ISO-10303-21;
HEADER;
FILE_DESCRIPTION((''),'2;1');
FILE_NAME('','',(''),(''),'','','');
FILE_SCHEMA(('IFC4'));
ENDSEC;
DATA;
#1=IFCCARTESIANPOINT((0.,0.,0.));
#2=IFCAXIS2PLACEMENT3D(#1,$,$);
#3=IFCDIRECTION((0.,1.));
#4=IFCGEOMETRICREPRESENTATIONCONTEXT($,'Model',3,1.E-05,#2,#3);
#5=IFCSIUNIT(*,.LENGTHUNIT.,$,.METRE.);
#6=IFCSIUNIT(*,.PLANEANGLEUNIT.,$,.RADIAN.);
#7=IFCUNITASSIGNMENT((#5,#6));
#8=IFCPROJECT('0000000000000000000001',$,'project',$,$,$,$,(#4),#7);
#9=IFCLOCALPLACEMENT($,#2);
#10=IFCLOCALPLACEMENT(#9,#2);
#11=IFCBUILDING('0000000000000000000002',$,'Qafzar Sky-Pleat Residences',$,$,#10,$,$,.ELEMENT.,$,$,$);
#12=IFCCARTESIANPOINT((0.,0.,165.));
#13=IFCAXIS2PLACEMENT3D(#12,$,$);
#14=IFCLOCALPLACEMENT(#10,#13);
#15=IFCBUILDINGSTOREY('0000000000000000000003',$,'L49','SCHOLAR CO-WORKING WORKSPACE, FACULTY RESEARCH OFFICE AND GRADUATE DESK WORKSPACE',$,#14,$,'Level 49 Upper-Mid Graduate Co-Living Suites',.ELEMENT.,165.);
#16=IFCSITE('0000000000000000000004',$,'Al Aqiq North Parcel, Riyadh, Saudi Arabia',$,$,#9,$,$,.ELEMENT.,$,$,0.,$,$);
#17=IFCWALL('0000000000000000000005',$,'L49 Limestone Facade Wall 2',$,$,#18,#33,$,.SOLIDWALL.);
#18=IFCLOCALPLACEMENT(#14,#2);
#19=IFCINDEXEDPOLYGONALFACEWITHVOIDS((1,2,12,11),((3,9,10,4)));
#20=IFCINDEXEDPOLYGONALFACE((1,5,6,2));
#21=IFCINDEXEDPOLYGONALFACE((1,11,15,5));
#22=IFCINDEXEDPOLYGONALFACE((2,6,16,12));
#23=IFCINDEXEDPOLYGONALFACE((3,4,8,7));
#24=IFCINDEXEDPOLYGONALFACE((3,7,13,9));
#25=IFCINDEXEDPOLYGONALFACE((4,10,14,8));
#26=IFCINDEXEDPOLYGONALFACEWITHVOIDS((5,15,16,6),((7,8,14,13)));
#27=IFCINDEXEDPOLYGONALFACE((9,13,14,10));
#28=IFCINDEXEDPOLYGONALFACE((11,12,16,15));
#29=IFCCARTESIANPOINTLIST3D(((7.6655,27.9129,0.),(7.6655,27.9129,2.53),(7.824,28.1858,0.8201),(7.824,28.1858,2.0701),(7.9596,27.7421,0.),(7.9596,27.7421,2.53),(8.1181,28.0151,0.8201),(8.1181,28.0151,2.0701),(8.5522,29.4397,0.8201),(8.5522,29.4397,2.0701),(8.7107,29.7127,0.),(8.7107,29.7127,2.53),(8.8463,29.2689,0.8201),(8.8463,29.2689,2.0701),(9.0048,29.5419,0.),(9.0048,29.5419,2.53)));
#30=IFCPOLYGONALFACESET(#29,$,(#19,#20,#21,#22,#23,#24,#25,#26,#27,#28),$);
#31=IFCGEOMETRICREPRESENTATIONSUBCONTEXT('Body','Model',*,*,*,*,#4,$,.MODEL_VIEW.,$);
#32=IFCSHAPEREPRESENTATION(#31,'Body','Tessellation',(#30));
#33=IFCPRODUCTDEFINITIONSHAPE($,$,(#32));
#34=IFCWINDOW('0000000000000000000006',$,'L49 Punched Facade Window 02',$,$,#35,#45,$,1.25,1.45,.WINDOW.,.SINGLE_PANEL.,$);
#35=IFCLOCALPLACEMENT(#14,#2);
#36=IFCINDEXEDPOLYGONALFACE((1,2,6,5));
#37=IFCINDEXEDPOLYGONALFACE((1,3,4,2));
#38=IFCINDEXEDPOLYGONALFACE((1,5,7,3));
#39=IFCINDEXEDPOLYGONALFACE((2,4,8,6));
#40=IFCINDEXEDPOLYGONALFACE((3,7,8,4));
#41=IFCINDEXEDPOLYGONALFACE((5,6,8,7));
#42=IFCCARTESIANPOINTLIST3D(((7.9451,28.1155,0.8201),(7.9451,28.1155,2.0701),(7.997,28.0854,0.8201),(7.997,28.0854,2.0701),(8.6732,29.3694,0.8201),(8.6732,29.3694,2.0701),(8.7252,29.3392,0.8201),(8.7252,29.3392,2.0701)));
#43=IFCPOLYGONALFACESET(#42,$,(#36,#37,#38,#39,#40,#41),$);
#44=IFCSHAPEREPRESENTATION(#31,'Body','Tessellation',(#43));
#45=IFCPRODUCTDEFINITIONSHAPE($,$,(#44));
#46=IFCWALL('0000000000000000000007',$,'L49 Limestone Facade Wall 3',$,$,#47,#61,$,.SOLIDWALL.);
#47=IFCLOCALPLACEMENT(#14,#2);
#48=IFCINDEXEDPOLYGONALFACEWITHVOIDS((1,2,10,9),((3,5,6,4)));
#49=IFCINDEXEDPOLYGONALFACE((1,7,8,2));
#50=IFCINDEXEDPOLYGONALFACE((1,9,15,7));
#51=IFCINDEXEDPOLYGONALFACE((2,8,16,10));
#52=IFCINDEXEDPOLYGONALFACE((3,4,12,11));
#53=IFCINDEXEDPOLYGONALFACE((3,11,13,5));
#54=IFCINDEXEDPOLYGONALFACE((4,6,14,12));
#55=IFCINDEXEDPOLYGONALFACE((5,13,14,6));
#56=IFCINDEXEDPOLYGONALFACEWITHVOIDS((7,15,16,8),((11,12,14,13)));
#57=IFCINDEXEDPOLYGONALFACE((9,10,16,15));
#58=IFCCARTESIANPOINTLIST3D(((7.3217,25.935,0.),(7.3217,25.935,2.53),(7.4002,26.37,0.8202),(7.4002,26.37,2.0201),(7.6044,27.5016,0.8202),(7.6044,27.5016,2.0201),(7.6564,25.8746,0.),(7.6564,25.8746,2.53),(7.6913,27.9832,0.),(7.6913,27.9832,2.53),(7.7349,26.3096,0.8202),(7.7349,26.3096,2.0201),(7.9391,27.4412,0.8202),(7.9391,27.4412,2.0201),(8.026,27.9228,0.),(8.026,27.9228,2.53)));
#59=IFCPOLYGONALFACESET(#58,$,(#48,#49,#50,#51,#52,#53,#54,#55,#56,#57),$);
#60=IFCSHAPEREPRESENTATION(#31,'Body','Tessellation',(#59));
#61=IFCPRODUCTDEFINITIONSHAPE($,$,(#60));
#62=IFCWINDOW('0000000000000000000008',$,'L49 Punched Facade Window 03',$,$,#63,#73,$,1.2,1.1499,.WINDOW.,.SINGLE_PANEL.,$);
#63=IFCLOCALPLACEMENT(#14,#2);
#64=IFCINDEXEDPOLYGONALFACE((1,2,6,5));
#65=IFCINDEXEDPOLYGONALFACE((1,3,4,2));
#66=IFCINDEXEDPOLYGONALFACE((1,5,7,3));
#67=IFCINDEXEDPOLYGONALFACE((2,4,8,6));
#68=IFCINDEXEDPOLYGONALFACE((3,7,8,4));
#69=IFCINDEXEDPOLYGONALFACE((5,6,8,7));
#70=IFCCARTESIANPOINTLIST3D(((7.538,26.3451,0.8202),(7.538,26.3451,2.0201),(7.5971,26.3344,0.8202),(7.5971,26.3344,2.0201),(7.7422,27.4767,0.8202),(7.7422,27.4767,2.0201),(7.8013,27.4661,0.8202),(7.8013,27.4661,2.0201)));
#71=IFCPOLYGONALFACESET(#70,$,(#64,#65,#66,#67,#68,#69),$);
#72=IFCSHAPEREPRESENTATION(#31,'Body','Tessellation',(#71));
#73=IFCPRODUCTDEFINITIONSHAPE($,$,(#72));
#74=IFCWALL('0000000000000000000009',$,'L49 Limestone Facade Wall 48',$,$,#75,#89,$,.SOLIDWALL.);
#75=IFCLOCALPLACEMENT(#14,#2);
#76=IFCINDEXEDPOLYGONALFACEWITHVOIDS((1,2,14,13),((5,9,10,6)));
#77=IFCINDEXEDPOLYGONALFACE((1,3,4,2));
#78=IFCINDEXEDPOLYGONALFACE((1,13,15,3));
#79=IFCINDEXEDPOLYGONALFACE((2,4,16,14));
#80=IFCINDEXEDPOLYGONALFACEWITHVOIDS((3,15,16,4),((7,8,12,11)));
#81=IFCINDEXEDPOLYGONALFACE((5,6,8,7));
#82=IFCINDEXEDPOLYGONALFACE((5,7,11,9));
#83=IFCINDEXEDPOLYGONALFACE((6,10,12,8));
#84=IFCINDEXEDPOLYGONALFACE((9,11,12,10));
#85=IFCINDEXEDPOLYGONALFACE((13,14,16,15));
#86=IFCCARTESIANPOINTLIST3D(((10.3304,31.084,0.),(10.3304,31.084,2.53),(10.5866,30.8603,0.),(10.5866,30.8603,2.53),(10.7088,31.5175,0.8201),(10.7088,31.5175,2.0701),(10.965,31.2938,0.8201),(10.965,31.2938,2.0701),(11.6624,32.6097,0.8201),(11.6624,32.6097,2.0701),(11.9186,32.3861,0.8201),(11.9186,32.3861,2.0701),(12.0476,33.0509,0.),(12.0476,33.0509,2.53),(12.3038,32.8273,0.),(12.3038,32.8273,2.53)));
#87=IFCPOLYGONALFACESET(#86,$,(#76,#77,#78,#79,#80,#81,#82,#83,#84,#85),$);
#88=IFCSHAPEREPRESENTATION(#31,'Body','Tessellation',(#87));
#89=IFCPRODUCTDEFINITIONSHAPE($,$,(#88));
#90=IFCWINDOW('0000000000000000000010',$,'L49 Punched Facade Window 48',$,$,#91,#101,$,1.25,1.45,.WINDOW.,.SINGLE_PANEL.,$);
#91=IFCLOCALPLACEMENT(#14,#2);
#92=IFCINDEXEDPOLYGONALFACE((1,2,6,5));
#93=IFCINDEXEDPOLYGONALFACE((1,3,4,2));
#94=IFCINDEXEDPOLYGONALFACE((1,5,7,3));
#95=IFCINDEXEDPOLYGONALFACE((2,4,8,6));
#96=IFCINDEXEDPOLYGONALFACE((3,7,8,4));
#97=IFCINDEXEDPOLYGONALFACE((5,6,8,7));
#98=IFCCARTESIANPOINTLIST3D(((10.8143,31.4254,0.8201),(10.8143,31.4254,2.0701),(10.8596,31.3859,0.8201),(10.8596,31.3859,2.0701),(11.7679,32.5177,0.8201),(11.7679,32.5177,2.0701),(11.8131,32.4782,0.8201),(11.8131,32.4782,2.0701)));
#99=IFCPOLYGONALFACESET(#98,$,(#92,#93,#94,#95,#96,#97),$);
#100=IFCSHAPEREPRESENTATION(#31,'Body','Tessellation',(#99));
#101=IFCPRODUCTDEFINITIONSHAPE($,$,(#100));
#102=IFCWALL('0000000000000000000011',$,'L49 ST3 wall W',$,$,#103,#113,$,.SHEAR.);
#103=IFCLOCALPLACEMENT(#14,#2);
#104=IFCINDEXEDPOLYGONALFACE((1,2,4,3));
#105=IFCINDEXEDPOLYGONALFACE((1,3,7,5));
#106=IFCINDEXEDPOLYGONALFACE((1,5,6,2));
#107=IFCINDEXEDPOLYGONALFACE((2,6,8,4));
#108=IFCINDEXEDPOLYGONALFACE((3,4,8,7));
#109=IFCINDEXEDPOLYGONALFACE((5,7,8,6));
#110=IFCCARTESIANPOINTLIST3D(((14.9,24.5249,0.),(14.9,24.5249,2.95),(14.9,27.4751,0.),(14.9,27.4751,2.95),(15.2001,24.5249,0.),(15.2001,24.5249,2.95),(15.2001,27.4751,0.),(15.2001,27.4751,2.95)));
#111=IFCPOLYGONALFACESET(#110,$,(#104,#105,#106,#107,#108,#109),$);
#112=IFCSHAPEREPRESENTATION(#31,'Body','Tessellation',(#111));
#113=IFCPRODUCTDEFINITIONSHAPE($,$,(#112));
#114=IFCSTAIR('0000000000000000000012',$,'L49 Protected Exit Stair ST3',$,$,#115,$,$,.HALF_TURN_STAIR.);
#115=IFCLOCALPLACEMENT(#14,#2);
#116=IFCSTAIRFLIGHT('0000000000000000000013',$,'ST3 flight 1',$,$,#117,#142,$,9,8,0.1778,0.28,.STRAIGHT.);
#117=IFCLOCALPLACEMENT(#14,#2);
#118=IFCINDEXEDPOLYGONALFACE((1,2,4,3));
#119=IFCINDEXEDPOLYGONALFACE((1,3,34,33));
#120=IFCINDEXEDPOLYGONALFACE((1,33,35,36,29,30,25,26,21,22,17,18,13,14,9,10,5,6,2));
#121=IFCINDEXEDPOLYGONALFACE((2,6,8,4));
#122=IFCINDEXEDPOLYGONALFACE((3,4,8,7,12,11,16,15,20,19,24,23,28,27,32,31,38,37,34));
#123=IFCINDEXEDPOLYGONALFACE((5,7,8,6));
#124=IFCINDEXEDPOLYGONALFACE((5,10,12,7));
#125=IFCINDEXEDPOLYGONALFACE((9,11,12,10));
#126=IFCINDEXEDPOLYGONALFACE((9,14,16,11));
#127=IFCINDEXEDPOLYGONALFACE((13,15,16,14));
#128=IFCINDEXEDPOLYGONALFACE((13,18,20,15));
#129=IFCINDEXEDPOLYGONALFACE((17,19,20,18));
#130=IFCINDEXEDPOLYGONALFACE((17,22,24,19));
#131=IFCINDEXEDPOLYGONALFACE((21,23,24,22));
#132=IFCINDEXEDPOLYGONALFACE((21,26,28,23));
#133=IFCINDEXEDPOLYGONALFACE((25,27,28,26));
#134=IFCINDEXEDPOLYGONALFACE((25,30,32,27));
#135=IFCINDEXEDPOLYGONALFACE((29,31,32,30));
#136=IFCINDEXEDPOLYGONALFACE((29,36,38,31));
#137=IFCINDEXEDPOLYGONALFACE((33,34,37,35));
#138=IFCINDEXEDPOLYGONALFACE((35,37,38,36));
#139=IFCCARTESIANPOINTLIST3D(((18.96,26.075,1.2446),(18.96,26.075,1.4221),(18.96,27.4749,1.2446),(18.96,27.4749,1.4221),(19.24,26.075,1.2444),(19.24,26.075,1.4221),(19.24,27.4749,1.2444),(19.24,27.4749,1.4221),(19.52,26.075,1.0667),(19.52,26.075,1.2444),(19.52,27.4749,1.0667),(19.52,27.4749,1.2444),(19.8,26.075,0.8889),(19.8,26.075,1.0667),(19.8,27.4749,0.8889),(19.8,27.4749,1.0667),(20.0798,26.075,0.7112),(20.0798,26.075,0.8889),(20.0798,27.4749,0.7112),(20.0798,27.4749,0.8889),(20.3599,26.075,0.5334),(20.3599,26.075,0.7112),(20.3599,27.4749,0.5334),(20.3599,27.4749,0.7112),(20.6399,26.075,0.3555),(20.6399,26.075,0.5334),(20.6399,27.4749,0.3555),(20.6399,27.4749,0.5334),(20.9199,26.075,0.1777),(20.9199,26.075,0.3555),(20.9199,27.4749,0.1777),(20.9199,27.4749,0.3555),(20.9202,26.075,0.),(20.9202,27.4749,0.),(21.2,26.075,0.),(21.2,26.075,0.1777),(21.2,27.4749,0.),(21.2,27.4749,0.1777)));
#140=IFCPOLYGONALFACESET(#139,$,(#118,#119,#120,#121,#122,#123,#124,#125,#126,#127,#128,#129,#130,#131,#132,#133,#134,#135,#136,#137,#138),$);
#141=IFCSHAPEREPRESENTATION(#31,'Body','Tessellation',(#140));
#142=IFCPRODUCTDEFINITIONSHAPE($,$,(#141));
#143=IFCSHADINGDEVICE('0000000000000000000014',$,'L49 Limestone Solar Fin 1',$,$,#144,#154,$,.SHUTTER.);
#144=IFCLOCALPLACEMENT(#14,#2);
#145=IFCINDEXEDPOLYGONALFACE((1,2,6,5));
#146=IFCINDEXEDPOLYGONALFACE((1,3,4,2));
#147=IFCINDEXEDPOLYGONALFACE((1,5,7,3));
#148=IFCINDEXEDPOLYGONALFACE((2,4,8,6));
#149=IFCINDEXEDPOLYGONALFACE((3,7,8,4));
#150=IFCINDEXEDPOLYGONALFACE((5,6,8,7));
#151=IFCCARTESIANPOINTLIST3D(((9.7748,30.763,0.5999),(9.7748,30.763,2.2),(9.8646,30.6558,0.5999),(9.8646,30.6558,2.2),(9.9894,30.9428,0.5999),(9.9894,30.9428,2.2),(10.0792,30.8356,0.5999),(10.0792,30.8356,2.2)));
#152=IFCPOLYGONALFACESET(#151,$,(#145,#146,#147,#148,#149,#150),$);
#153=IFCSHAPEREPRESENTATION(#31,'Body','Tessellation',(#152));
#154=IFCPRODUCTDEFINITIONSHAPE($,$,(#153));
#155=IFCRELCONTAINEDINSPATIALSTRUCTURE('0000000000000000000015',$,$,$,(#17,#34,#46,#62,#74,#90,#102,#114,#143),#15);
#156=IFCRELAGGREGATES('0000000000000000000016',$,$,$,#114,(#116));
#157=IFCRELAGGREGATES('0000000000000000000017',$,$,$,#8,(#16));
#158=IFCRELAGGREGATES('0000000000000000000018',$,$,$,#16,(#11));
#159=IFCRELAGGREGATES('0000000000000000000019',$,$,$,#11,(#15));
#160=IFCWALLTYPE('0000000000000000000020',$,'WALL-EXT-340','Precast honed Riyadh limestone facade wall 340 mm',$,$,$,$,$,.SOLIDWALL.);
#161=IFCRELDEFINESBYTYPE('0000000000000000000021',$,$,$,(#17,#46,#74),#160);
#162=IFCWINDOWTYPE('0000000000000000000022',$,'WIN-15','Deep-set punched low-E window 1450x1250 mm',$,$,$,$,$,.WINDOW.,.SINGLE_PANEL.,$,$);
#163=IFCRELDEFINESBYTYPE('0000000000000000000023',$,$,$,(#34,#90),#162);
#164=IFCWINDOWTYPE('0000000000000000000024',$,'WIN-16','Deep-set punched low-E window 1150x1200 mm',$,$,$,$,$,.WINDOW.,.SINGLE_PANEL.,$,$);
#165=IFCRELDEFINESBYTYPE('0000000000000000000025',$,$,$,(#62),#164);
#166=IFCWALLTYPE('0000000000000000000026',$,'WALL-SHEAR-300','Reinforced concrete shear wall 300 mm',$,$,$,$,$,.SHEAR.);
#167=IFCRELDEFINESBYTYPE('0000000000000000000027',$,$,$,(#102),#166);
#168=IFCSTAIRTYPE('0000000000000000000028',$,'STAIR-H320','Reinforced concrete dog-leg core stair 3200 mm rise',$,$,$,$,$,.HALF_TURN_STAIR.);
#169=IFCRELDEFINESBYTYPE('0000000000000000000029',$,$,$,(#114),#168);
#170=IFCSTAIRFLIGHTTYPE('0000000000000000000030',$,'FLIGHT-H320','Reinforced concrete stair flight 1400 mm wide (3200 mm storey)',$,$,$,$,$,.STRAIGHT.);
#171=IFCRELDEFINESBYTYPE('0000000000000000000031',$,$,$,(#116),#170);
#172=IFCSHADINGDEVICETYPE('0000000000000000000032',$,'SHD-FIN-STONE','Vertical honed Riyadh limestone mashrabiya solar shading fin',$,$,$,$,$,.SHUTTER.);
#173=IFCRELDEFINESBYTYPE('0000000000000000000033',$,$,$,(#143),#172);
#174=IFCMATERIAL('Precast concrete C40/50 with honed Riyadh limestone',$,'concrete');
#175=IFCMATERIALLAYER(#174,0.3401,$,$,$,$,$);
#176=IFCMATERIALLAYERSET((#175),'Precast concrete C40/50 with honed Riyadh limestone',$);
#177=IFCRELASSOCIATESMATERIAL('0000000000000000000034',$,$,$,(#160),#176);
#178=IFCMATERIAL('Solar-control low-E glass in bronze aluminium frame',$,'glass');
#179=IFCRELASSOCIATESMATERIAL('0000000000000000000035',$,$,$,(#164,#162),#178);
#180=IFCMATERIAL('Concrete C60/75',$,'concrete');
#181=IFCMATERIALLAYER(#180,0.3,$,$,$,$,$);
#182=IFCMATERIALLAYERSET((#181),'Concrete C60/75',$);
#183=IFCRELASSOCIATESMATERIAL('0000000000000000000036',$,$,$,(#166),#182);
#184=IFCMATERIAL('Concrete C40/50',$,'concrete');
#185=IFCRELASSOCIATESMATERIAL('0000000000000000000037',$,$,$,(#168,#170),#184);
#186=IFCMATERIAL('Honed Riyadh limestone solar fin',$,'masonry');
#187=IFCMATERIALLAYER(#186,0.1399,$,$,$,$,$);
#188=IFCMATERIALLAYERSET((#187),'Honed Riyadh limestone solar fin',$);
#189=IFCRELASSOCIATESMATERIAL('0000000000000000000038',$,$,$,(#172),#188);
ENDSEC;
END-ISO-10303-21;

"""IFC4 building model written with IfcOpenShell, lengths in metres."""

from ifc_helpers import new_model, si_unit, direction, frame, frame_2d, origin, origin_2d, place, context, subcontext, project, spatial, polyline, rectangle, outline, extrude, source, transform, mapped, material, layer, layer_set, type_object, element, fill, aggregate, save


model = new_model("IFC4")

# Units and contexts
model_context = context("Model", 3, precision=1e-05, world=origin(), true_north=direction((0.0, 1.0)))
body_context = subcontext(model_context, "Body", "Model", "MODEL_VIEW")
ifc_project = project(units=[si_unit("LENGTHUNIT", "METRE"), si_unit("PLANEANGLEUNIT", "RADIAN")], contexts=[model_context])

# Site, building, storey
site_placement = place(None, origin())
site = spatial("IfcSite", under=ifc_project, at=site_placement, Name="Al Aqiq North Parcel, Riyadh, Saudi Arabia", CompositionType="ELEMENT", RefElevation=0.0)
building_placement = place(site_placement, origin())
building = spatial("IfcBuilding", under=site, at=building_placement, Name="Qafzar Sky-Pleat Residences", CompositionType="ELEMENT")
storey_placement = place(building_placement, frame((0.0, 0.0, 165.0)))
storey = spatial("IfcBuildingStorey", under=building, at=storey_placement, Name="L49", Description="SCHOLAR CO-WORKING WORKSPACE, FACULTY RESEARCH OFFICE AND GRADUATE DESK WORKSPACE", LongName="Level 49 Upper-Mid Graduate Co-Living Suites", CompositionType="ELEMENT", Elevation=165.0)

# Shared definitions
ifc_material_1 = material(Name="Concrete C60/75", Category="concrete")

# Walls, openings, windows
ifc_material_2 = material(Name="Precast concrete C40/50 with honed Riyadh limestone", Category="concrete")
ifc_layer_1 = layer(ifc_material_2, 0.3401)
ifc_layer_set_1 = layer_set([ifc_layer_1], Name="Precast concrete C40/50 with honed Riyadh limestone")
wall_type_1 = type_object("IfcWallType", Name="WALL-EXT-340", Description="Precast honed Riyadh limestone facade wall 340 mm", PredefinedType="SOLIDWALL", material=ifc_layer_set_1)
ifc_material_3 = material(Name="Solar-control low-E glass in bronze aluminium frame", Category="glass")
window_type_1 = type_object("IfcWindowType", Name="WIN-16", Description="Deep-set punched low-E window 1150x1200 mm", PartitioningType="SINGLE_PANEL", PredefinedType="WINDOW", material=ifc_material_3)
shared_shape_1 = source(origin(), body_context, "Body", "SweptSolid", [
    extrude(rectangle(XDim=1.1499, YDim=1.2, at=frame_2d((0.575, 0.6001))), frame((0.0, 0.03, 0.0), z_axis=(0.0, -1.0, 0.0), x_axis=(1.0, 0.0, 0.0)), (0.0, 0.0, 1.0), 0.0601),
])
wall_1_placement = place(storey_placement, frame((8.8577, 29.6272, 0.0), z_axis=(0.0, 0.0, 1.0), x_axis=(-0.502178, -0.864764, 0.0)))
wall_1 = element("IfcWall", 1, at=wall_1_placement, inside=storey, type_object=wall_type_1, Name="L49 Limestone Facade Wall 2", PredefinedType="SOLIDWALL", context=body_context, shape_type="SweptSolid", body=[
    extrude(rectangle(XDim=2.0813, YDim=0.3401, at=frame_2d((1.0405, 0.0))), origin(), (0.0, 0.0, 1.0), 2.53),
])
opening_1_placement = place(wall_1_placement, frame((0.3154, 0.0, 0.8201)))
opening_1 = element("IfcOpeningElement", 2, at=opening_1_placement, cuts=wall_1, PredefinedType="OPENING", context=body_context, shape_type="SweptSolid", body=[
    extrude(rectangle(XDim=1.45, YDim=1.25, at=frame_2d((0.7251, 0.625))), frame((0.0, 0.1802, 0.0), z_axis=(0.0, -1.0, 0.0), x_axis=(1.0, 0.0, 0.0)), (0.0, 0.0, 1.0), 0.3601),
])
window_type_2 = type_object("IfcWindowType", Name="WIN-15", Description="Deep-set punched low-E window 1450x1250 mm", PartitioningType="SINGLE_PANEL", PredefinedType="WINDOW", material=ifc_material_3)
shared_shape_2 = source(origin(), body_context, "Body", "SweptSolid", [
    extrude(rectangle(XDim=1.45, YDim=1.25, at=frame_2d((0.7251, 0.625))), frame((0.0, 0.03, 0.0), z_axis=(0.0, -1.0, 0.0), x_axis=(1.0, 0.0, 0.0)), (0.0, 0.0, 1.0), 0.0601),
])
window_1_placement = place(opening_1_placement, origin())
window_1 = element("IfcWindow", 3, at=window_1_placement, inside=storey, type_object=window_type_2, Name="L49 Punched Facade Window 02", OverallHeight=1.25, OverallWidth=1.45, PartitioningType="SINGLE_PANEL", PredefinedType="WINDOW", context=body_context, shape_type="MappedRepresentation", body=[
    mapped(shared_shape_2, transform((0.0, 0.0, 0.0), x_axis=(1.0, 0.0, 0.0), y_axis=(0.0, 1.0, 0.0), z_axis=(0.0, 0.0, 1.0), scale=1.0)),
])
fill(opening_1, window_1)
wall_2_placement = place(storey_placement, frame((7.8586, 27.9529, 0.0), z_axis=(0.0, 0.0, 1.0), x_axis=(-0.177605, -0.984102, 0.0)))
wall_2 = element("IfcWall", 4, at=wall_2_placement, inside=storey, type_object=wall_type_1, Name="L49 Limestone Facade Wall 3", PredefinedType="SOLIDWALL", context=body_context, shape_type="SweptSolid", body=[
    extrude(rectangle(XDim=2.0813, YDim=0.3401, at=frame_2d((1.0405, 0.0))), origin(), (0.0, 0.0, 1.0), 2.53),
])
opening_2_placement = place(wall_2_placement, frame((0.4893, 0.0, 0.8201)))
opening_2 = element("IfcOpeningElement", 5, at=opening_2_placement, cuts=wall_2, PredefinedType="OPENING", context=body_context, shape_type="SweptSolid", body=[
    extrude(rectangle(XDim=1.1499, YDim=1.2, at=frame_2d((0.575, 0.6001))), frame((0.0, 0.1802, 0.0), z_axis=(0.0, -1.0, 0.0), x_axis=(1.0, 0.0, 0.0)), (0.0, 0.0, 1.0), 0.3601),
])
window_2_placement = place(opening_2_placement, origin())
window_2 = element("IfcWindow", 6, at=window_2_placement, inside=storey, type_object=window_type_1, Name="L49 Punched Facade Window 03", OverallHeight=1.2, OverallWidth=1.1499, PartitioningType="SINGLE_PANEL", PredefinedType="WINDOW", context=body_context, shape_type="MappedRepresentation", body=[
    mapped(shared_shape_1, transform((0.0, 0.0, 0.0), x_axis=(1.0, 0.0, 0.0), y_axis=(0.0, 1.0, 0.0), z_axis=(0.0, 0.0, 1.0), scale=1.0)),
])
fill(opening_2, window_2)
wall_3_placement = place(storey_placement, frame((12.1758, 32.9392, 0.0), z_axis=(0.0, 0.0, 1.0), x_axis=(-0.657664, -0.753312, 0.0)))
wall_3 = element("IfcWall", 7, at=wall_3_placement, inside=storey, type_object=wall_type_1, Name="L49 Limestone Facade Wall 48", PredefinedType="SOLIDWALL", context=body_context, shape_type="SweptSolid", body=[
    extrude(rectangle(XDim=2.6111, YDim=0.3401, at=frame_2d((1.3057, 0.0))), origin(), (0.0, 0.0, 1.0), 2.53),
])
opening_3_placement = place(wall_3_placement, frame((0.5857, 0.0, 0.8201)))
opening_3 = element("IfcOpeningElement", 8, at=opening_3_placement, cuts=wall_3, PredefinedType="OPENING", context=body_context, shape_type="SweptSolid", body=[
    extrude(rectangle(XDim=1.45, YDim=1.25, at=frame_2d((0.7251, 0.625))), frame((0.0, 0.1802, 0.0), z_axis=(0.0, -1.0, 0.0), x_axis=(1.0, 0.0, 0.0)), (0.0, 0.0, 1.0), 0.3601),
])
window_3_placement = place(opening_3_placement, origin())
window_3 = element("IfcWindow", 9, at=window_3_placement, inside=storey, type_object=window_type_2, Name="L49 Punched Facade Window 48", OverallHeight=1.25, OverallWidth=1.45, PartitioningType="SINGLE_PANEL", PredefinedType="WINDOW", context=body_context, shape_type="MappedRepresentation", body=[
    mapped(shared_shape_2, transform((0.0, 0.0, 0.0), x_axis=(1.0, 0.0, 0.0), y_axis=(0.0, 1.0, 0.0), z_axis=(0.0, 0.0, 1.0), scale=1.0)),
])
fill(opening_3, window_3)

# Wall
ifc_layer_2 = layer(ifc_material_1, 0.3)
ifc_layer_set_2 = layer_set([ifc_layer_2], Name="Concrete C60/75")
wall_type_2 = type_object("IfcWallType", Name="WALL-SHEAR-300", Description="Reinforced concrete shear wall 300 mm", PredefinedType="SHEAR", material=ifc_layer_set_2)
wall_4_placement = place(storey_placement, frame((15.05, 27.4751, 0.0), z_axis=(0.0, 0.0, 1.0), x_axis=(0.0, -1.0, 0.0)))
element("IfcWall", 10, at=wall_4_placement, inside=storey, type_object=wall_type_2, Name="L49 ST3 wall W", PredefinedType="SHEAR", context=body_context, shape_type="SweptSolid", body=[
    extrude(rectangle(XDim=2.9502, YDim=0.3, at=frame_2d((1.4751, 0.0))), origin(), (0.0, 0.0, 1.0), 2.95),
])

# Stair, stair flight
ifc_material_4 = material(Name="Concrete C40/50", Category="concrete")
stair_type = type_object("IfcStairType", Name="STAIR-H320", Description="Reinforced concrete dog-leg core stair 3200 mm rise", PredefinedType="HALF_TURN_STAIR", material=ifc_material_4)
stair_placement = place(storey_placement, origin())
stair = element("IfcStair", 11, at=stair_placement, inside=storey, type_object=stair_type, Name="L49 Protected Exit Stair ST3", PredefinedType="HALF_TURN_STAIR")
stair_flight_type = type_object("IfcStairFlightType", Name="FLIGHT-H320", Description="Reinforced concrete stair flight 1400 mm wide (3200 mm storey)", PredefinedType="STRAIGHT", material=ifc_material_4)
shared_shape_3 = source(origin(), body_context, "Body", "SweptSolid", [
    extrude(outline(polyline([(0.0, 0.0), (0.0, 0.1777), (0.28, 0.1777), (0.28, 0.3555), (0.5601, 0.3555), (0.5601, 0.5334), (0.8401, 0.5334), (0.8401, 0.7112), (1.1201, 0.7112), (1.1201, 0.8889), (1.3999, 0.8889), (1.3999, 1.0667), (1.6799, 1.0667), (1.6799, 1.2444), (1.96, 1.2444), (1.96, 1.4221), (2.24, 1.4221), (2.24, 1.6001), (2.24, 1.2446), (0.2798, 0.0), (0.0, 0.0)])), frame((0.0, 0.7, 0.0), z_axis=(0.0, -1.0, 0.0), x_axis=(1.0, 0.0, 0.0)), (0.0, 0.0, 1.0), 1.3999),
])
stair_flight_placement = place(storey_placement, frame((21.2, 26.7749, 0.0), z_axis=(0.0, 0.0, 1.0), x_axis=(-1.0, 0.0, 0.0)))
stair_flight = element("IfcStairFlight", 12, at=stair_flight_placement, type_object=stair_flight_type, Name="ST3 flight 1", NumberOfRisers=9, NumberOfTreads=8, PredefinedType="STRAIGHT", RiserHeight=0.1778, TreadLength=0.28, context=body_context, shape_type="MappedRepresentation", body=[
    mapped(shared_shape_3, transform((0.0, 0.0, 0.0), x_axis=(1.0, 0.0, 0.0), y_axis=(0.0, 1.0, 0.0), z_axis=(0.0, 0.0, 1.0), scale=1.0)),
])
aggregate(stair, [stair_flight])

# Shading device
ifc_material_5 = material(Name="Honed Riyadh limestone solar fin", Category="masonry")
ifc_layer_3 = layer(ifc_material_5, 0.1399)
ifc_layer_set_3 = layer_set([ifc_layer_3], Name="Honed Riyadh limestone solar fin")
shading_device_type = type_object("IfcShadingDeviceType", Name="SHD-FIN-STONE", Description="Vertical honed Riyadh limestone mashrabiya solar shading fin", PredefinedType="SHUTTER", material=ifc_layer_set_3)
shared_shape_4 = source(origin(), body_context, "Body", "SweptSolid", [
    extrude(rectangle(XDim=0.1399, YDim=0.28, at=origin_2d()), origin(), (0.0, 0.0, 1.0), 1.6001),
])
shading_device_placement = place(storey_placement, frame((9.927, 30.7993, 0.5999), z_axis=(0.0, 0.0, 1.0), x_axis=(-0.642174, 0.766559, 0.0)))
element("IfcShadingDevice", 13, at=shading_device_placement, inside=storey, type_object=shading_device_type, Name="L49 Limestone Solar Fin 1", PredefinedType="SHUTTER", context=body_context, shape_type="MappedRepresentation", body=[
    mapped(shared_shape_4, transform((0.0, 0.0, 0.0), x_axis=(1.0, 0.0, 0.0), y_axis=(0.0, 1.0, 0.0), z_axis=(0.0, 0.0, 1.0), scale=1.0)),
])

save(model, "model.ifc")
